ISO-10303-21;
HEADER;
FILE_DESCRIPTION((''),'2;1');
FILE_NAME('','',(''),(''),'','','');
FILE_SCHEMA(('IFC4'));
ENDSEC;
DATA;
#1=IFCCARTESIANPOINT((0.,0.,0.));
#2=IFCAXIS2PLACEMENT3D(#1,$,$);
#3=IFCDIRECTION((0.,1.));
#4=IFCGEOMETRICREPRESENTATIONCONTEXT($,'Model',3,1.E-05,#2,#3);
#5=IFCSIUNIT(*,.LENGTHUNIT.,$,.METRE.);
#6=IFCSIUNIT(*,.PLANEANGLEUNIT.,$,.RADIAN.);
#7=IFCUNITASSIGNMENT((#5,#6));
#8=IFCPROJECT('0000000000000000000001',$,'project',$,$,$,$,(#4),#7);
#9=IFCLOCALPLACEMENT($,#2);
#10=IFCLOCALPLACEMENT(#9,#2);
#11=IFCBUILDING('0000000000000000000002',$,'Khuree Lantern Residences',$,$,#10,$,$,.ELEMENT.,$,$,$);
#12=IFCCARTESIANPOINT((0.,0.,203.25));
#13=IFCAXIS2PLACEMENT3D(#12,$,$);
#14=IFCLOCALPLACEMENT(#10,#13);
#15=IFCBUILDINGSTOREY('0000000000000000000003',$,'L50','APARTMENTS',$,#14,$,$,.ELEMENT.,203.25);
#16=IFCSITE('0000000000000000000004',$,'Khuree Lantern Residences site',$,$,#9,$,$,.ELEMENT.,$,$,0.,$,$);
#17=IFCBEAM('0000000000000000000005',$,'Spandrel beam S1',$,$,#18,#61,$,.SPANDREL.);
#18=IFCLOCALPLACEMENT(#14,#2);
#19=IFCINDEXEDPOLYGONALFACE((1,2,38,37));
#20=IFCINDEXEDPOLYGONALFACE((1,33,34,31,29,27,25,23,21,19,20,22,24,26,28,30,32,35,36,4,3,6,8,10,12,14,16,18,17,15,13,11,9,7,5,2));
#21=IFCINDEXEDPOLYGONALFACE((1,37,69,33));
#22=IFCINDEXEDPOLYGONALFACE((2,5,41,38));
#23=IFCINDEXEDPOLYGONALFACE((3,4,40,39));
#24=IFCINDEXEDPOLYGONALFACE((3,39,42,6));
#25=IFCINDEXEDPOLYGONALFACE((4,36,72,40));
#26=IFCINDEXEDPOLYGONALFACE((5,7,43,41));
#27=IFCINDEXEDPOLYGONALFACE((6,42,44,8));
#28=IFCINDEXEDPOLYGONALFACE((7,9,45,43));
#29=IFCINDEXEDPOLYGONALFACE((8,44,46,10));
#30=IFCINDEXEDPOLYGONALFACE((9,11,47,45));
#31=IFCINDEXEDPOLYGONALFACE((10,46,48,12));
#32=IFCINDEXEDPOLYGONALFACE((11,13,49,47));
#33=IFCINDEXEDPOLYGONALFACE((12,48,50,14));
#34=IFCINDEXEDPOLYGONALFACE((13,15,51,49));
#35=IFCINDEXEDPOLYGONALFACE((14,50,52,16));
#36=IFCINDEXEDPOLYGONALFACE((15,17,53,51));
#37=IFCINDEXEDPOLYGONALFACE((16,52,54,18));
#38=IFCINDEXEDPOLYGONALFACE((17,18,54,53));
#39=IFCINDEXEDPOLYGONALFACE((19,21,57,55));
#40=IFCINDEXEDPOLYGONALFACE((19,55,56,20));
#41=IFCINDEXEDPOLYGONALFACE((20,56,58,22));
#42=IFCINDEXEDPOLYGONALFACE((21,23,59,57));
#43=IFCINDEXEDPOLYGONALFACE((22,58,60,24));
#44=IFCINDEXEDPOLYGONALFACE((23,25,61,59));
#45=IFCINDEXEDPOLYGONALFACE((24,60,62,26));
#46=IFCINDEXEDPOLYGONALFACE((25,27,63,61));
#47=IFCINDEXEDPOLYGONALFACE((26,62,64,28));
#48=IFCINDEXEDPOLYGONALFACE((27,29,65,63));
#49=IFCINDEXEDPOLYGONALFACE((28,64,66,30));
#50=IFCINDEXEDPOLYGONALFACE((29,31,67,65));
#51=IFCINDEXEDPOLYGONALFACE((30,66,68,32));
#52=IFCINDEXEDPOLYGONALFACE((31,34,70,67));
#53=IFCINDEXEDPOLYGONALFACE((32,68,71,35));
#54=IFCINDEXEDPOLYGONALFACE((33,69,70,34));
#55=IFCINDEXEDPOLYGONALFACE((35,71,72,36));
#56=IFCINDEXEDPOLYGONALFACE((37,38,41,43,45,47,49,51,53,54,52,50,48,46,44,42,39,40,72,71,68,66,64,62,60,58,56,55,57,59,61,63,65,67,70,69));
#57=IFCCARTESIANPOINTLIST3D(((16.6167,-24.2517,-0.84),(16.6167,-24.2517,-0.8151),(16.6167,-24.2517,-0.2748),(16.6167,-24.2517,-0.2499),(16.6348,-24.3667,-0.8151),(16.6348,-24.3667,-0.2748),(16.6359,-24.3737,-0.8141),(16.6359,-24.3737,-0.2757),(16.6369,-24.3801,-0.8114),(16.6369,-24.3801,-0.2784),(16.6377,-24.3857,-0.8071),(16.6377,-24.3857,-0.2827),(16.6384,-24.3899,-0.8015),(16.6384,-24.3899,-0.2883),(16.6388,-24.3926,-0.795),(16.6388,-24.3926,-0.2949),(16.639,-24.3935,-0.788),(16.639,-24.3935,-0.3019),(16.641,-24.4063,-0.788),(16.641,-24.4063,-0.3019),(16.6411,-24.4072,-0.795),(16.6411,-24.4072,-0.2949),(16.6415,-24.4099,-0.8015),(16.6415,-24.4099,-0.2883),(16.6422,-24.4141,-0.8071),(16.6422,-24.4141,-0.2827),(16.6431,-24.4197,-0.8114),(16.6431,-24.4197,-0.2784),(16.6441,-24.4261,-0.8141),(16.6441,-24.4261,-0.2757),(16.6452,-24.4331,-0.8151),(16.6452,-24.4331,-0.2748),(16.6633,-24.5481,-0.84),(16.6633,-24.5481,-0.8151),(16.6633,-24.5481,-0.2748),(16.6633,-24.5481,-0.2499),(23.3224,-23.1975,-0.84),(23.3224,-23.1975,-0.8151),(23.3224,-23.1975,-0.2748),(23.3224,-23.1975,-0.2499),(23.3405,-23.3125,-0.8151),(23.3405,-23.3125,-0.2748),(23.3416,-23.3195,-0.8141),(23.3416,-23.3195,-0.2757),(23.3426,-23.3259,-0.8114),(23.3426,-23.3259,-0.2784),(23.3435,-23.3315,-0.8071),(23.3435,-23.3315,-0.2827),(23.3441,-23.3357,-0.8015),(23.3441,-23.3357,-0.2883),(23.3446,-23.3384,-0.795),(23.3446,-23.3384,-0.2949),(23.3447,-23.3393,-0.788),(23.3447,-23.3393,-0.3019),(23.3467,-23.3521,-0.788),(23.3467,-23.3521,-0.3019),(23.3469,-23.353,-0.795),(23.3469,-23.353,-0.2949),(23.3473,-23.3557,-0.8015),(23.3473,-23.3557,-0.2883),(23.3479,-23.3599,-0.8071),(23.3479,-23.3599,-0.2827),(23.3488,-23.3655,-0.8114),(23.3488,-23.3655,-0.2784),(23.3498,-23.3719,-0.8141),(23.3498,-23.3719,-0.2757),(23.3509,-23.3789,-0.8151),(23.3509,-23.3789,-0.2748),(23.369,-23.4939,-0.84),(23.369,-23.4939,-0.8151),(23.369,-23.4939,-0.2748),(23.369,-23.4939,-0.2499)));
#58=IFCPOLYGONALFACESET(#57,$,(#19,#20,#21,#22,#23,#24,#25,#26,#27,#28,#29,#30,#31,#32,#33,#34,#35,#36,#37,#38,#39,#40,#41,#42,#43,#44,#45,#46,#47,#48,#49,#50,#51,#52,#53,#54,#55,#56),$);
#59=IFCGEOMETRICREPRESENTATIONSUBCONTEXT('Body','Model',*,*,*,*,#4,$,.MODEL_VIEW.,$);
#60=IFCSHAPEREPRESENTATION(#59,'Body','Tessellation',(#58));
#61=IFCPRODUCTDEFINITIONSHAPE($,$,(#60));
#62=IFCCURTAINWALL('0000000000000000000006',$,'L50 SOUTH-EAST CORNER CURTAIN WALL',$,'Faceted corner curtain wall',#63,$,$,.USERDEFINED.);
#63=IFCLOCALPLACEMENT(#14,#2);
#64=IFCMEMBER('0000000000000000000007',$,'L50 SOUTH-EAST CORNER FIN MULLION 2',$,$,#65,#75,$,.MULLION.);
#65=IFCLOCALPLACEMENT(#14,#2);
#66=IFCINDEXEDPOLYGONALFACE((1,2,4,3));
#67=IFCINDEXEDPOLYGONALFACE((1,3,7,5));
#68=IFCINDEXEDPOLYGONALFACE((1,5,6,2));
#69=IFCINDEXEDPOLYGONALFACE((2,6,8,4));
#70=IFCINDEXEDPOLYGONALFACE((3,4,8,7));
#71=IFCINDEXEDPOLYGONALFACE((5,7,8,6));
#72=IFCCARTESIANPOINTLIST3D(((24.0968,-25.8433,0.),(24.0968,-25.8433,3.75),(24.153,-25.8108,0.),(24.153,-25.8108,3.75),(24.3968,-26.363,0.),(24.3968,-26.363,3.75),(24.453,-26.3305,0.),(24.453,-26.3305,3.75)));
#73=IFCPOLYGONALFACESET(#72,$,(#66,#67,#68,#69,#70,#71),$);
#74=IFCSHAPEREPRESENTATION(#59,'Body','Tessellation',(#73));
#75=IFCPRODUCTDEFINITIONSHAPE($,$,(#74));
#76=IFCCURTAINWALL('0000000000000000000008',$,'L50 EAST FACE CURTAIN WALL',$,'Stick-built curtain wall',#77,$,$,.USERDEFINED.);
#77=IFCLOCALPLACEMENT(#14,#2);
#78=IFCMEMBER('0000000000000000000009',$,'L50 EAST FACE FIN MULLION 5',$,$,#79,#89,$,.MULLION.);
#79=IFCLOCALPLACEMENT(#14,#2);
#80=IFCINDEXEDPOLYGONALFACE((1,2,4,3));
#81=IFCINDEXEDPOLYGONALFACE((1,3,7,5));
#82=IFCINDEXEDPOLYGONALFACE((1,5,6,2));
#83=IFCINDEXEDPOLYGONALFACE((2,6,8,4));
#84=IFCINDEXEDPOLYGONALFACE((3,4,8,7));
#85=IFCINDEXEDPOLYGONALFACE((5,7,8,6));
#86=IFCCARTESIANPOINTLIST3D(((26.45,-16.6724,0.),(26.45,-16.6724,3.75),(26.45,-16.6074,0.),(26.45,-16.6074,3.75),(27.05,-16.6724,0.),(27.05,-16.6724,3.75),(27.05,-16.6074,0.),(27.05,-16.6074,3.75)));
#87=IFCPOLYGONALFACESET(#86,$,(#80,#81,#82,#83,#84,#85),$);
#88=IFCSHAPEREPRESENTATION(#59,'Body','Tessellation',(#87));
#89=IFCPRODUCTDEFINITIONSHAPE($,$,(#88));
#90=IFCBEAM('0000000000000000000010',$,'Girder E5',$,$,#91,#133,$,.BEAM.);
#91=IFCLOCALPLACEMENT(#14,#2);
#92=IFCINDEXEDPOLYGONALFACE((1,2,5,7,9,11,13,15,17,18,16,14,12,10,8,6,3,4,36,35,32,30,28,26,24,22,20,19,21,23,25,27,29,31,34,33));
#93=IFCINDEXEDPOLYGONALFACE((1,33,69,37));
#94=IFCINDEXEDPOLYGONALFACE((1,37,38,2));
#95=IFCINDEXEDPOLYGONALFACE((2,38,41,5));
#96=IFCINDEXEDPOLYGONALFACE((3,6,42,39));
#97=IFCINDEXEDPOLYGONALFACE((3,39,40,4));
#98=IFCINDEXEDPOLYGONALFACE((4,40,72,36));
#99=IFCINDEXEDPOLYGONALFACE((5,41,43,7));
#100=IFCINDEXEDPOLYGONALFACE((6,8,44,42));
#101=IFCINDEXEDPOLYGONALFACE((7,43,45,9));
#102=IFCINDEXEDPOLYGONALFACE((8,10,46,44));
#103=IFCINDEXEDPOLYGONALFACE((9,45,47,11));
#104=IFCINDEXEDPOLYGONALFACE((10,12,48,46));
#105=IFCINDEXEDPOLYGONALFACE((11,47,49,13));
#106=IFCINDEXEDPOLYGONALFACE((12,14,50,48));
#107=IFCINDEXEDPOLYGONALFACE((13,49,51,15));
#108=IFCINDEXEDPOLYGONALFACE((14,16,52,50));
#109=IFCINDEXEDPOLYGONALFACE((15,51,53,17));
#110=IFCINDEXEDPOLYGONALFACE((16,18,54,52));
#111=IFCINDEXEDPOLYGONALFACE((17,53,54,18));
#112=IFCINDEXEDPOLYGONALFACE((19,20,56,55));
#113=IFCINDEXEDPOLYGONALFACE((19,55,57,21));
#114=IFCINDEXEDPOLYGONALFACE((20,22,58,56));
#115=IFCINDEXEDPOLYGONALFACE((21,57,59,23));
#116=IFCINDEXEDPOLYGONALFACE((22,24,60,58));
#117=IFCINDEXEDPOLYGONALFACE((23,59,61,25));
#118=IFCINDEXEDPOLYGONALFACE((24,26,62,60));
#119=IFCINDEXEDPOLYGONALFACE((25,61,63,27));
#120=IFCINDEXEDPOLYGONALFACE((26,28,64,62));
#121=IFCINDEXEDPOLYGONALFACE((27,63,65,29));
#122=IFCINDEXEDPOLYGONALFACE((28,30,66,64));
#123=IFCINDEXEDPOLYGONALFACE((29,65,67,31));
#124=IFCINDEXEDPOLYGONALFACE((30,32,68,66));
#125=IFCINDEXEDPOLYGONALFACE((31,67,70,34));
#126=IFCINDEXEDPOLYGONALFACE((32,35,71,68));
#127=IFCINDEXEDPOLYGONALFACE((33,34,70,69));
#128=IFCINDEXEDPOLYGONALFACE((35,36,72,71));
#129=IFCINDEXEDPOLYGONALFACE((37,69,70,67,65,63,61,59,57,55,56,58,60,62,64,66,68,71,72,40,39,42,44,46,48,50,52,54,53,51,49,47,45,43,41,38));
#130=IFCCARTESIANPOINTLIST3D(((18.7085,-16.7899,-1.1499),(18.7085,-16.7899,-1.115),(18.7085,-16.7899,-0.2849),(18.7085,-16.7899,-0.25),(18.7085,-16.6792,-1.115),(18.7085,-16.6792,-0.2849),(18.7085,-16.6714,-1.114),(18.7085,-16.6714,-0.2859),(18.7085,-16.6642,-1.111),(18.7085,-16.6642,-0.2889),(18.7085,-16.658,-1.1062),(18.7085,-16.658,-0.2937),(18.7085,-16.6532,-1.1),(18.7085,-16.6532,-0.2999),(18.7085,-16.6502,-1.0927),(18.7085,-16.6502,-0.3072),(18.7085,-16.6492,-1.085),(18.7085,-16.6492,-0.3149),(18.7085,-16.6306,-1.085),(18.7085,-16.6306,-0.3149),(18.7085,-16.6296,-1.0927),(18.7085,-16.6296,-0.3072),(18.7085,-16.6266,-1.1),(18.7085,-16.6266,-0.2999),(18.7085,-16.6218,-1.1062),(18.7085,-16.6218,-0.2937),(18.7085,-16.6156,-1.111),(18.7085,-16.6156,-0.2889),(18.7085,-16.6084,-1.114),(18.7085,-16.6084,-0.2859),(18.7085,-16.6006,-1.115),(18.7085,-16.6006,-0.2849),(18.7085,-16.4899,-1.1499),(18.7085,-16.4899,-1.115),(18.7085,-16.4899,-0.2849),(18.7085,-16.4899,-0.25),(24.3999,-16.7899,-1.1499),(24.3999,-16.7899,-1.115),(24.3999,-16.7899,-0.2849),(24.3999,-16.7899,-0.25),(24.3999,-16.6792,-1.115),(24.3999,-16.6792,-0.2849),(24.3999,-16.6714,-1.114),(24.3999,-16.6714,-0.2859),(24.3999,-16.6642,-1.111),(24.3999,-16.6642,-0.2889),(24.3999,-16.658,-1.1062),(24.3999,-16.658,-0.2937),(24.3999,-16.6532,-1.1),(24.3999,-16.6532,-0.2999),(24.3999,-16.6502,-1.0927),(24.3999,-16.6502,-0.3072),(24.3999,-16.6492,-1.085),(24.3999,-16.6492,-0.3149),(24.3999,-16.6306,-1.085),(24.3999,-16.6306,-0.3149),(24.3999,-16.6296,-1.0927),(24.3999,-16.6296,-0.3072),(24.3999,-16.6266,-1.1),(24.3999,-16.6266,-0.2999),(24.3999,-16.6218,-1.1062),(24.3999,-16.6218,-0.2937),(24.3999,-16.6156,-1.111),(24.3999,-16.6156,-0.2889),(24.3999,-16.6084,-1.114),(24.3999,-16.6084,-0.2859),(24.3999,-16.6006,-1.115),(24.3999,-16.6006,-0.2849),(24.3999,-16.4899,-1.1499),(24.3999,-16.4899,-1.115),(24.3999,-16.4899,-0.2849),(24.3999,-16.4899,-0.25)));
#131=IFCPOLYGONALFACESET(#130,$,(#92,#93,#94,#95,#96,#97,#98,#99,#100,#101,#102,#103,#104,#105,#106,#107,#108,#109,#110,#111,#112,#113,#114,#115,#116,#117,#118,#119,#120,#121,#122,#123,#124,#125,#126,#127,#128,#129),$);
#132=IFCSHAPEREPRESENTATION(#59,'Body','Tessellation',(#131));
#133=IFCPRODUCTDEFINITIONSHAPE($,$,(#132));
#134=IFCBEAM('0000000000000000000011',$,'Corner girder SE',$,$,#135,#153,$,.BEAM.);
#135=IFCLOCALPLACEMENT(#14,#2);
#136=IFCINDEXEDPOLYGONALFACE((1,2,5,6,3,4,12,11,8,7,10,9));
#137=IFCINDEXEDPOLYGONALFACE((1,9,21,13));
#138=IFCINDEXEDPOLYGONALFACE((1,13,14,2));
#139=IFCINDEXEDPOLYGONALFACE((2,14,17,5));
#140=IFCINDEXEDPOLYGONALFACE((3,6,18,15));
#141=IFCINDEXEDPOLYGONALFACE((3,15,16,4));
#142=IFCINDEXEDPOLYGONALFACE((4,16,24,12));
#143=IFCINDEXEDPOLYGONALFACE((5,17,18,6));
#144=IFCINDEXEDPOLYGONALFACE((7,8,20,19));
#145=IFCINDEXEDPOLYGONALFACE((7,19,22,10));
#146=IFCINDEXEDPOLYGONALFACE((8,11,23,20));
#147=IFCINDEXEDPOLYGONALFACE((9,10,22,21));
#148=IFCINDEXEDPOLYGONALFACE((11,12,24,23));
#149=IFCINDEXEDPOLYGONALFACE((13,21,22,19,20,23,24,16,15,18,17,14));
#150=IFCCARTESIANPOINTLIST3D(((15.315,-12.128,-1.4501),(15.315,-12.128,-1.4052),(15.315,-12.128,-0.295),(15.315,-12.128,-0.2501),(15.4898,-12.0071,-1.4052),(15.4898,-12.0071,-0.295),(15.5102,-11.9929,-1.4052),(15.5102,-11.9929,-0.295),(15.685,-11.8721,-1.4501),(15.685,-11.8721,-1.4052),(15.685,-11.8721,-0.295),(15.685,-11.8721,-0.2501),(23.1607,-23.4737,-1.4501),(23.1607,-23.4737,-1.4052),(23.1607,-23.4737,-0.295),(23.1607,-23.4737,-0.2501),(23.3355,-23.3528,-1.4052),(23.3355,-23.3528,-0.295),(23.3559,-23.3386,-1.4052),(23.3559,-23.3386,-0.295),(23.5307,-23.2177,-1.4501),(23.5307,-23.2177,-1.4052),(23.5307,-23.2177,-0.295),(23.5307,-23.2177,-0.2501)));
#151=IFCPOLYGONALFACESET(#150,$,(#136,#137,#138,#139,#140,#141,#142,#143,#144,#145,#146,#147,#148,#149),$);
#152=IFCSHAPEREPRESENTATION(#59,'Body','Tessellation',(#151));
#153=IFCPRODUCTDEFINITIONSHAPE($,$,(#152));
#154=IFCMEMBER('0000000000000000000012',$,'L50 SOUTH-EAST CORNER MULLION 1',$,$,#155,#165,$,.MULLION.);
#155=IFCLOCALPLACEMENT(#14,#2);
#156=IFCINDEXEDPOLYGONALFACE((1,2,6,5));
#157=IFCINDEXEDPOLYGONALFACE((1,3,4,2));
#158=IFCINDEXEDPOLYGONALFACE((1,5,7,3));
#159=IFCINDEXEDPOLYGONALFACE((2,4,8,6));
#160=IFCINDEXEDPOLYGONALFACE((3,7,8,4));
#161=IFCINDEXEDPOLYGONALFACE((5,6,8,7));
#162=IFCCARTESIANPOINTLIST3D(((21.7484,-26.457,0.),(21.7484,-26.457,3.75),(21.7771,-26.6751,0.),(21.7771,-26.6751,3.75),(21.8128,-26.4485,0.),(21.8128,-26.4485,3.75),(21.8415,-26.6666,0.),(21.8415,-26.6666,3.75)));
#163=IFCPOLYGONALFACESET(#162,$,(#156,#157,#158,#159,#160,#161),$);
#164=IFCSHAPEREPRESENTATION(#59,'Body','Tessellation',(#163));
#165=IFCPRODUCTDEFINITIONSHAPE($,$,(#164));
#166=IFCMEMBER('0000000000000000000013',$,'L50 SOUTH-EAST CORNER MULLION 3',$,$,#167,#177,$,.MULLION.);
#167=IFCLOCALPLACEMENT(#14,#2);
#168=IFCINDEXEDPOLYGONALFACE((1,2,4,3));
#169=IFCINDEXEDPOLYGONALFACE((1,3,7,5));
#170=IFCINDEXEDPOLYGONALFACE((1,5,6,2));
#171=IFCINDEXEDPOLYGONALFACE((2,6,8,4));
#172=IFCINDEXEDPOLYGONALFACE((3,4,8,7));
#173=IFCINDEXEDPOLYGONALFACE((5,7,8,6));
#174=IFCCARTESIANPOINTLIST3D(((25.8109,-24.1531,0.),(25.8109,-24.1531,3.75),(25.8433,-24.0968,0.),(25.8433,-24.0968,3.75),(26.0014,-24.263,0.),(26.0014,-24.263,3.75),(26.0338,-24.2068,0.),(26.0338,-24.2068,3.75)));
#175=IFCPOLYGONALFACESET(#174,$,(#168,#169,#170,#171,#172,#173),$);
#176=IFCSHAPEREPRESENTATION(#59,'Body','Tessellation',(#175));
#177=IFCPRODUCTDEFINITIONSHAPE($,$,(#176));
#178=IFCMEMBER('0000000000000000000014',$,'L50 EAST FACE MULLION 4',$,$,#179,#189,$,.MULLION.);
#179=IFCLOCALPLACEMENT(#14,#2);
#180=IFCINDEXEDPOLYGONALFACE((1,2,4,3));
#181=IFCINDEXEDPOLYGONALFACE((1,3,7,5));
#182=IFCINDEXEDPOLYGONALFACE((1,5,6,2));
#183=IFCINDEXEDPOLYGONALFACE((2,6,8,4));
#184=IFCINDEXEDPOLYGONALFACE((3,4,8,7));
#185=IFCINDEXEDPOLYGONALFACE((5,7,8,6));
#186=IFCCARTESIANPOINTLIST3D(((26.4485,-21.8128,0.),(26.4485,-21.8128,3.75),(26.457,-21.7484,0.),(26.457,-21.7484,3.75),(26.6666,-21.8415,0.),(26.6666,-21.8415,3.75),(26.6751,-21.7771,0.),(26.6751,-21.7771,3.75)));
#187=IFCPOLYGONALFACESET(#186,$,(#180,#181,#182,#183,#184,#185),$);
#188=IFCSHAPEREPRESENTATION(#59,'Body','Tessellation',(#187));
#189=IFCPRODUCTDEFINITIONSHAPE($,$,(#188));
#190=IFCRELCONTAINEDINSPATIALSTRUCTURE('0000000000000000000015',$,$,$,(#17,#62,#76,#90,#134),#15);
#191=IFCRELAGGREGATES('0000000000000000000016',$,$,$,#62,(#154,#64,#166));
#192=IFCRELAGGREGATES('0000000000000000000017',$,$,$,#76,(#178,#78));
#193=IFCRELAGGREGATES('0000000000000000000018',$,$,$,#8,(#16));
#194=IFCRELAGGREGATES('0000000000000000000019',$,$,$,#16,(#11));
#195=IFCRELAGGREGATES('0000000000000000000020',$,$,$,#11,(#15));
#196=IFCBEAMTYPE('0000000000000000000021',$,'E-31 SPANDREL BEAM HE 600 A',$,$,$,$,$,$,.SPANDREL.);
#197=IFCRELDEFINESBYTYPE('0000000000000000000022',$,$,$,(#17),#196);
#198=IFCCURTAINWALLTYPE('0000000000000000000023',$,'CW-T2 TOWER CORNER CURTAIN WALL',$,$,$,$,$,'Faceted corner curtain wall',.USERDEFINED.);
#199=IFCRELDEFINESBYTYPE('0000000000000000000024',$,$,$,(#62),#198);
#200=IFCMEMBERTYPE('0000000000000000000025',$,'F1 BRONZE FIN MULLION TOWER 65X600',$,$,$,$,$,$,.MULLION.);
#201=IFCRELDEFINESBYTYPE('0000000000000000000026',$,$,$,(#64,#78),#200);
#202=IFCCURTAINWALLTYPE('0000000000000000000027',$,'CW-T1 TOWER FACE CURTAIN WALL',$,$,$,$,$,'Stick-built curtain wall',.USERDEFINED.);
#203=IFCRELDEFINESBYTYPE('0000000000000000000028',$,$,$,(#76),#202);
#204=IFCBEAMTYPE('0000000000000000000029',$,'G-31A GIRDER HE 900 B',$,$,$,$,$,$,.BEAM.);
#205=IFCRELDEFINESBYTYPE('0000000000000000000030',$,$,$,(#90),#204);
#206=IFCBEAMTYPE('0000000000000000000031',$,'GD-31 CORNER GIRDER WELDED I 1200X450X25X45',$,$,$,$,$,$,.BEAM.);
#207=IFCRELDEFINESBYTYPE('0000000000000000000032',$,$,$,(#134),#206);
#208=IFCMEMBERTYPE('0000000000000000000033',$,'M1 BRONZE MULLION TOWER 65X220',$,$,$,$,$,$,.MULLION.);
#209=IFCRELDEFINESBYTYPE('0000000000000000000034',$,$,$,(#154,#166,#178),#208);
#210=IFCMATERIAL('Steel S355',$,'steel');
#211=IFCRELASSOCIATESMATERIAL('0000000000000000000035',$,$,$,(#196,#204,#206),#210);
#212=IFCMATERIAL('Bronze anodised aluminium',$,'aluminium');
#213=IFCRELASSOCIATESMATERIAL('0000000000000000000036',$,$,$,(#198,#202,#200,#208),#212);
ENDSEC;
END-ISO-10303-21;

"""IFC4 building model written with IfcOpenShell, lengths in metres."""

from ifc_helpers import new_model, si_unit, direction, frame, origin, origin_2d, place, context, subcontext, project, spatial, rectangle, i_section, extrude, material, material_profile, profile_set, type_object, element, aggregate, save


model = new_model("IFC4")

# Units and contexts
model_context = context("Model", 3, precision=1e-05, world=origin(), true_north=direction((0.0, 1.0)))
body_context = subcontext(model_context, "Body", "Model", "MODEL_VIEW")
ifc_project = project(units=[si_unit("LENGTHUNIT", "METRE"), si_unit("PLANEANGLEUNIT", "RADIAN")], contexts=[model_context])

# Site, building, storey
site_placement = place(None, origin())
site = spatial("IfcSite", under=ifc_project, at=site_placement, Name="Khuree Lantern Residences site", CompositionType="ELEMENT", RefElevation=0.0)
building_placement = place(site_placement, origin())
building = spatial("IfcBuilding", under=site, at=building_placement, Name="Khuree Lantern Residences", CompositionType="ELEMENT")
storey_placement = place(building_placement, frame((0.0, 0.0, 203.25)))
storey = spatial("IfcBuildingStorey", under=building, at=storey_placement, Name="L50", Description="APARTMENTS", CompositionType="ELEMENT", Elevation=203.25)

# Beam
ifc_material_1 = material(Name="Steel S355", Category="steel")
ifc_material_profile_1 = material_profile(ifc_material_1, i_section(OverallWidth=0.3, OverallDepth=0.5901, WebThickness=0.0129, FlangeThickness=0.0249, FilletRadius=0.0271, at=origin_2d()), Name="HE 600 A")
ifc_profile_set_1 = profile_set([ifc_material_profile_1], Name="Steel S355")
beam_type_1 = type_object("IfcBeamType", Name="E-31 SPANDREL BEAM HE 600 A", PredefinedType="SPANDREL", material=ifc_profile_set_1)
for number, where, z_axis, x_axis, name in (
    (1, (23.3457, -23.3457, -0.5449), (-0.987867, -0.1553, 0.0), (0.1553, -0.987867, 0.0), "Spandrel beam S1"),
):
    element("IfcBeam", number, at=place(storey_placement, frame(where, z_axis=z_axis, x_axis=x_axis)), inside=storey, type_object=beam_type_1, Name=name, PredefinedType="SPANDREL", context=body_context, shape_type="SweptSolid", body=[
        extrude(i_section(OverallWidth=0.3, OverallDepth=0.5901, WebThickness=0.0129, FlangeThickness=0.0249, FilletRadius=0.0271, at=origin_2d()), origin(), (0.0, 0.0, 1.0), 6.7881),
    ])

# Curtain walls, members
ifc_material_2 = material(Name="Bronze anodised aluminium", Category="aluminium")
curtain_wall_type_1 = type_object("IfcCurtainWallType", Name="CW-T2 TOWER CORNER CURTAIN WALL", ElementType="Faceted corner curtain wall", PredefinedType="USERDEFINED", material=ifc_material_2)
curtain_wall_1_placement = place(storey_placement, origin())
curtain_wall_1 = element("IfcCurtainWall", 2, at=curtain_wall_1_placement, inside=storey, type_object=curtain_wall_type_1, Name="L50 SOUTH-EAST CORNER CURTAIN WALL", ObjectType="Faceted corner curtain wall", PredefinedType="USERDEFINED")
ifc_material_profile_2 = material_profile(ifc_material_2, rectangle(XDim=0.0649, YDim=0.6001, at=origin_2d()), Name="F1 65X600")
ifc_profile_set_2 = profile_set([ifc_material_profile_2], Name="Bronze anodised aluminium")
member_type_1 = type_object("IfcMemberType", Name="F1 BRONZE FIN MULLION TOWER 65X600", PredefinedType="MULLION", material=ifc_profile_set_2)
member_1_placement = place(storey_placement, frame((24.2749, -26.0869, 0.0), z_axis=(0.0, 0.0, 1.0), x_axis=(0.866025, 0.5, 0.0)))
member_1 = element("IfcMember", 3, at=member_1_placement, type_object=member_type_1, Name="L50 SOUTH-EAST CORNER FIN MULLION 2", PredefinedType="MULLION", context=body_context, shape_type="SweptSolid", body=[
    extrude(rectangle(XDim=0.0649, YDim=0.6001, at=origin_2d()), origin(), (0.0, 0.0, 1.0), 3.75),
])
curtain_wall_type_2 = type_object("IfcCurtainWallType", Name="CW-T1 TOWER FACE CURTAIN WALL", ElementType="Stick-built curtain wall", PredefinedType="USERDEFINED", material=ifc_material_2)
curtain_wall_2_placement = place(storey_placement, origin())
curtain_wall_2 = element("IfcCurtainWall", 4, at=curtain_wall_2_placement, inside=storey, type_object=curtain_wall_type_2, Name="L50 EAST FACE CURTAIN WALL", ObjectType="Stick-built curtain wall", PredefinedType="USERDEFINED")
member_2_placement = place(storey_placement, frame((26.75, -16.6399, 0.0), z_axis=(0.0, 0.0, 1.0), x_axis=(0.0, 1.0, 0.0)))
member_2 = element("IfcMember", 5, at=member_2_placement, type_object=member_type_1, Name="L50 EAST FACE FIN MULLION 5", PredefinedType="MULLION", context=body_context, shape_type="SweptSolid", body=[
    extrude(rectangle(XDim=0.0649, YDim=0.6001, at=origin_2d()), origin(), (0.0, 0.0, 1.0), 3.75),
])

# Beams
ifc_material_profile_3 = material_profile(ifc_material_1, i_section(OverallWidth=0.3, OverallDepth=0.8999, WebThickness=0.0186, FlangeThickness=0.0349, FilletRadius=0.03, at=origin_2d()), Name="HE 900 B")
ifc_profile_set_3 = profile_set([ifc_material_profile_3], Name="Steel S355")
beam_type_2 = type_object("IfcBeamType", Name="G-31A GIRDER HE 900 B", PredefinedType="BEAM", material=ifc_profile_set_3)
beam_1_placement = place(storey_placement, frame((24.3999, -16.6399, -0.7), z_axis=(-1.0, 0.0, 0.0), x_axis=(0.0, -1.0, 0.0)))
element("IfcBeam", 6, at=beam_1_placement, inside=storey, type_object=beam_type_2, Name="Girder E5", PredefinedType="BEAM", context=body_context, shape_type="SweptSolid", body=[
    extrude(i_section(OverallWidth=0.3, OverallDepth=0.8999, WebThickness=0.0186, FlangeThickness=0.0349, FilletRadius=0.03, at=origin_2d()), origin(), (0.0, 0.0, 1.0), 5.6914),
])
ifc_material_profile_4 = material_profile(ifc_material_1, i_section(OverallWidth=0.45, OverallDepth=1.2, WebThickness=0.0249, FlangeThickness=0.0449, at=origin_2d()), Name="WELDED I 1200X450X25X45")
ifc_profile_set_4 = profile_set([ifc_material_profile_4], Name="Steel S355")
beam_type_3 = type_object("IfcBeamType", Name="GD-31 CORNER GIRDER WELDED I 1200X450X25X45", PredefinedType="BEAM", material=ifc_profile_set_4)
beam_2_placement = place(storey_placement, frame((23.3457, -23.3457, -0.8501), z_axis=(-0.568768, 0.822498, 0.0), x_axis=(-0.822498, -0.568768, 0.0)))
element("IfcBeam", 7, at=beam_2_placement, inside=storey, type_object=beam_type_3, Name="Corner girder SE", PredefinedType="BEAM", context=body_context, shape_type="SweptSolid", body=[
    extrude(i_section(OverallWidth=0.45, OverallDepth=1.2, WebThickness=0.0249, FlangeThickness=0.0449, at=origin_2d()), origin(), (0.0, 0.0, 1.0), 13.7942),
])

# Members
ifc_material_profile_5 = material_profile(ifc_material_2, rectangle(XDim=0.0649, YDim=0.22, at=origin_2d()), Name="M1 65X220")
ifc_profile_set_5 = profile_set([ifc_material_profile_5], Name="Bronze anodised aluminium")
member_type_2 = type_object("IfcMemberType", Name="M1 BRONZE MULLION TOWER 65X220", PredefinedType="MULLION", material=ifc_profile_set_5)
member_3_placement = place(storey_placement, frame((21.7949, -26.5618, 0.0), z_axis=(0.0, 0.0, 1.0), x_axis=(0.991445, 0.130526, 0.0)))
member_3 = element("IfcMember", 8, at=member_3_placement, type_object=member_type_2, Name="L50 SOUTH-EAST CORNER MULLION 1", PredefinedType="MULLION", context=body_context, shape_type="SweptSolid", body=[
    extrude(rectangle(XDim=0.0649, YDim=0.22, at=origin_2d()), origin(), (0.0, 0.0, 1.0), 3.75),
])
member_4_placement = place(storey_placement, frame((25.9224, -24.1799, 0.0), z_axis=(0.0, 0.0, 1.0), x_axis=(0.5, 0.866025, 0.0)))
member_4 = element("IfcMember", 9, at=member_4_placement, type_object=member_type_2, Name="L50 SOUTH-EAST CORNER MULLION 3", PredefinedType="MULLION", context=body_context, shape_type="SweptSolid", body=[
    extrude(rectangle(XDim=0.0649, YDim=0.22, at=origin_2d()), origin(), (0.0, 0.0, 1.0), 3.75),
])
member_5_placement = place(storey_placement, frame((26.5618, -21.7949, 0.0), z_axis=(0.0, 0.0, 1.0), x_axis=(0.130526, 0.991445, 0.0)))
member_5 = element("IfcMember", 10, at=member_5_placement, type_object=member_type_2, Name="L50 EAST FACE MULLION 4", PredefinedType="MULLION", context=body_context, shape_type="SweptSolid", body=[
    extrude(rectangle(XDim=0.0649, YDim=0.22, at=origin_2d()), origin(), (0.0, 0.0, 1.0), 3.75),
])

aggregate(curtain_wall_1, [member_3, member_1, member_4])
aggregate(curtain_wall_2, [member_5, member_2])

save(model, "model.ifc")
